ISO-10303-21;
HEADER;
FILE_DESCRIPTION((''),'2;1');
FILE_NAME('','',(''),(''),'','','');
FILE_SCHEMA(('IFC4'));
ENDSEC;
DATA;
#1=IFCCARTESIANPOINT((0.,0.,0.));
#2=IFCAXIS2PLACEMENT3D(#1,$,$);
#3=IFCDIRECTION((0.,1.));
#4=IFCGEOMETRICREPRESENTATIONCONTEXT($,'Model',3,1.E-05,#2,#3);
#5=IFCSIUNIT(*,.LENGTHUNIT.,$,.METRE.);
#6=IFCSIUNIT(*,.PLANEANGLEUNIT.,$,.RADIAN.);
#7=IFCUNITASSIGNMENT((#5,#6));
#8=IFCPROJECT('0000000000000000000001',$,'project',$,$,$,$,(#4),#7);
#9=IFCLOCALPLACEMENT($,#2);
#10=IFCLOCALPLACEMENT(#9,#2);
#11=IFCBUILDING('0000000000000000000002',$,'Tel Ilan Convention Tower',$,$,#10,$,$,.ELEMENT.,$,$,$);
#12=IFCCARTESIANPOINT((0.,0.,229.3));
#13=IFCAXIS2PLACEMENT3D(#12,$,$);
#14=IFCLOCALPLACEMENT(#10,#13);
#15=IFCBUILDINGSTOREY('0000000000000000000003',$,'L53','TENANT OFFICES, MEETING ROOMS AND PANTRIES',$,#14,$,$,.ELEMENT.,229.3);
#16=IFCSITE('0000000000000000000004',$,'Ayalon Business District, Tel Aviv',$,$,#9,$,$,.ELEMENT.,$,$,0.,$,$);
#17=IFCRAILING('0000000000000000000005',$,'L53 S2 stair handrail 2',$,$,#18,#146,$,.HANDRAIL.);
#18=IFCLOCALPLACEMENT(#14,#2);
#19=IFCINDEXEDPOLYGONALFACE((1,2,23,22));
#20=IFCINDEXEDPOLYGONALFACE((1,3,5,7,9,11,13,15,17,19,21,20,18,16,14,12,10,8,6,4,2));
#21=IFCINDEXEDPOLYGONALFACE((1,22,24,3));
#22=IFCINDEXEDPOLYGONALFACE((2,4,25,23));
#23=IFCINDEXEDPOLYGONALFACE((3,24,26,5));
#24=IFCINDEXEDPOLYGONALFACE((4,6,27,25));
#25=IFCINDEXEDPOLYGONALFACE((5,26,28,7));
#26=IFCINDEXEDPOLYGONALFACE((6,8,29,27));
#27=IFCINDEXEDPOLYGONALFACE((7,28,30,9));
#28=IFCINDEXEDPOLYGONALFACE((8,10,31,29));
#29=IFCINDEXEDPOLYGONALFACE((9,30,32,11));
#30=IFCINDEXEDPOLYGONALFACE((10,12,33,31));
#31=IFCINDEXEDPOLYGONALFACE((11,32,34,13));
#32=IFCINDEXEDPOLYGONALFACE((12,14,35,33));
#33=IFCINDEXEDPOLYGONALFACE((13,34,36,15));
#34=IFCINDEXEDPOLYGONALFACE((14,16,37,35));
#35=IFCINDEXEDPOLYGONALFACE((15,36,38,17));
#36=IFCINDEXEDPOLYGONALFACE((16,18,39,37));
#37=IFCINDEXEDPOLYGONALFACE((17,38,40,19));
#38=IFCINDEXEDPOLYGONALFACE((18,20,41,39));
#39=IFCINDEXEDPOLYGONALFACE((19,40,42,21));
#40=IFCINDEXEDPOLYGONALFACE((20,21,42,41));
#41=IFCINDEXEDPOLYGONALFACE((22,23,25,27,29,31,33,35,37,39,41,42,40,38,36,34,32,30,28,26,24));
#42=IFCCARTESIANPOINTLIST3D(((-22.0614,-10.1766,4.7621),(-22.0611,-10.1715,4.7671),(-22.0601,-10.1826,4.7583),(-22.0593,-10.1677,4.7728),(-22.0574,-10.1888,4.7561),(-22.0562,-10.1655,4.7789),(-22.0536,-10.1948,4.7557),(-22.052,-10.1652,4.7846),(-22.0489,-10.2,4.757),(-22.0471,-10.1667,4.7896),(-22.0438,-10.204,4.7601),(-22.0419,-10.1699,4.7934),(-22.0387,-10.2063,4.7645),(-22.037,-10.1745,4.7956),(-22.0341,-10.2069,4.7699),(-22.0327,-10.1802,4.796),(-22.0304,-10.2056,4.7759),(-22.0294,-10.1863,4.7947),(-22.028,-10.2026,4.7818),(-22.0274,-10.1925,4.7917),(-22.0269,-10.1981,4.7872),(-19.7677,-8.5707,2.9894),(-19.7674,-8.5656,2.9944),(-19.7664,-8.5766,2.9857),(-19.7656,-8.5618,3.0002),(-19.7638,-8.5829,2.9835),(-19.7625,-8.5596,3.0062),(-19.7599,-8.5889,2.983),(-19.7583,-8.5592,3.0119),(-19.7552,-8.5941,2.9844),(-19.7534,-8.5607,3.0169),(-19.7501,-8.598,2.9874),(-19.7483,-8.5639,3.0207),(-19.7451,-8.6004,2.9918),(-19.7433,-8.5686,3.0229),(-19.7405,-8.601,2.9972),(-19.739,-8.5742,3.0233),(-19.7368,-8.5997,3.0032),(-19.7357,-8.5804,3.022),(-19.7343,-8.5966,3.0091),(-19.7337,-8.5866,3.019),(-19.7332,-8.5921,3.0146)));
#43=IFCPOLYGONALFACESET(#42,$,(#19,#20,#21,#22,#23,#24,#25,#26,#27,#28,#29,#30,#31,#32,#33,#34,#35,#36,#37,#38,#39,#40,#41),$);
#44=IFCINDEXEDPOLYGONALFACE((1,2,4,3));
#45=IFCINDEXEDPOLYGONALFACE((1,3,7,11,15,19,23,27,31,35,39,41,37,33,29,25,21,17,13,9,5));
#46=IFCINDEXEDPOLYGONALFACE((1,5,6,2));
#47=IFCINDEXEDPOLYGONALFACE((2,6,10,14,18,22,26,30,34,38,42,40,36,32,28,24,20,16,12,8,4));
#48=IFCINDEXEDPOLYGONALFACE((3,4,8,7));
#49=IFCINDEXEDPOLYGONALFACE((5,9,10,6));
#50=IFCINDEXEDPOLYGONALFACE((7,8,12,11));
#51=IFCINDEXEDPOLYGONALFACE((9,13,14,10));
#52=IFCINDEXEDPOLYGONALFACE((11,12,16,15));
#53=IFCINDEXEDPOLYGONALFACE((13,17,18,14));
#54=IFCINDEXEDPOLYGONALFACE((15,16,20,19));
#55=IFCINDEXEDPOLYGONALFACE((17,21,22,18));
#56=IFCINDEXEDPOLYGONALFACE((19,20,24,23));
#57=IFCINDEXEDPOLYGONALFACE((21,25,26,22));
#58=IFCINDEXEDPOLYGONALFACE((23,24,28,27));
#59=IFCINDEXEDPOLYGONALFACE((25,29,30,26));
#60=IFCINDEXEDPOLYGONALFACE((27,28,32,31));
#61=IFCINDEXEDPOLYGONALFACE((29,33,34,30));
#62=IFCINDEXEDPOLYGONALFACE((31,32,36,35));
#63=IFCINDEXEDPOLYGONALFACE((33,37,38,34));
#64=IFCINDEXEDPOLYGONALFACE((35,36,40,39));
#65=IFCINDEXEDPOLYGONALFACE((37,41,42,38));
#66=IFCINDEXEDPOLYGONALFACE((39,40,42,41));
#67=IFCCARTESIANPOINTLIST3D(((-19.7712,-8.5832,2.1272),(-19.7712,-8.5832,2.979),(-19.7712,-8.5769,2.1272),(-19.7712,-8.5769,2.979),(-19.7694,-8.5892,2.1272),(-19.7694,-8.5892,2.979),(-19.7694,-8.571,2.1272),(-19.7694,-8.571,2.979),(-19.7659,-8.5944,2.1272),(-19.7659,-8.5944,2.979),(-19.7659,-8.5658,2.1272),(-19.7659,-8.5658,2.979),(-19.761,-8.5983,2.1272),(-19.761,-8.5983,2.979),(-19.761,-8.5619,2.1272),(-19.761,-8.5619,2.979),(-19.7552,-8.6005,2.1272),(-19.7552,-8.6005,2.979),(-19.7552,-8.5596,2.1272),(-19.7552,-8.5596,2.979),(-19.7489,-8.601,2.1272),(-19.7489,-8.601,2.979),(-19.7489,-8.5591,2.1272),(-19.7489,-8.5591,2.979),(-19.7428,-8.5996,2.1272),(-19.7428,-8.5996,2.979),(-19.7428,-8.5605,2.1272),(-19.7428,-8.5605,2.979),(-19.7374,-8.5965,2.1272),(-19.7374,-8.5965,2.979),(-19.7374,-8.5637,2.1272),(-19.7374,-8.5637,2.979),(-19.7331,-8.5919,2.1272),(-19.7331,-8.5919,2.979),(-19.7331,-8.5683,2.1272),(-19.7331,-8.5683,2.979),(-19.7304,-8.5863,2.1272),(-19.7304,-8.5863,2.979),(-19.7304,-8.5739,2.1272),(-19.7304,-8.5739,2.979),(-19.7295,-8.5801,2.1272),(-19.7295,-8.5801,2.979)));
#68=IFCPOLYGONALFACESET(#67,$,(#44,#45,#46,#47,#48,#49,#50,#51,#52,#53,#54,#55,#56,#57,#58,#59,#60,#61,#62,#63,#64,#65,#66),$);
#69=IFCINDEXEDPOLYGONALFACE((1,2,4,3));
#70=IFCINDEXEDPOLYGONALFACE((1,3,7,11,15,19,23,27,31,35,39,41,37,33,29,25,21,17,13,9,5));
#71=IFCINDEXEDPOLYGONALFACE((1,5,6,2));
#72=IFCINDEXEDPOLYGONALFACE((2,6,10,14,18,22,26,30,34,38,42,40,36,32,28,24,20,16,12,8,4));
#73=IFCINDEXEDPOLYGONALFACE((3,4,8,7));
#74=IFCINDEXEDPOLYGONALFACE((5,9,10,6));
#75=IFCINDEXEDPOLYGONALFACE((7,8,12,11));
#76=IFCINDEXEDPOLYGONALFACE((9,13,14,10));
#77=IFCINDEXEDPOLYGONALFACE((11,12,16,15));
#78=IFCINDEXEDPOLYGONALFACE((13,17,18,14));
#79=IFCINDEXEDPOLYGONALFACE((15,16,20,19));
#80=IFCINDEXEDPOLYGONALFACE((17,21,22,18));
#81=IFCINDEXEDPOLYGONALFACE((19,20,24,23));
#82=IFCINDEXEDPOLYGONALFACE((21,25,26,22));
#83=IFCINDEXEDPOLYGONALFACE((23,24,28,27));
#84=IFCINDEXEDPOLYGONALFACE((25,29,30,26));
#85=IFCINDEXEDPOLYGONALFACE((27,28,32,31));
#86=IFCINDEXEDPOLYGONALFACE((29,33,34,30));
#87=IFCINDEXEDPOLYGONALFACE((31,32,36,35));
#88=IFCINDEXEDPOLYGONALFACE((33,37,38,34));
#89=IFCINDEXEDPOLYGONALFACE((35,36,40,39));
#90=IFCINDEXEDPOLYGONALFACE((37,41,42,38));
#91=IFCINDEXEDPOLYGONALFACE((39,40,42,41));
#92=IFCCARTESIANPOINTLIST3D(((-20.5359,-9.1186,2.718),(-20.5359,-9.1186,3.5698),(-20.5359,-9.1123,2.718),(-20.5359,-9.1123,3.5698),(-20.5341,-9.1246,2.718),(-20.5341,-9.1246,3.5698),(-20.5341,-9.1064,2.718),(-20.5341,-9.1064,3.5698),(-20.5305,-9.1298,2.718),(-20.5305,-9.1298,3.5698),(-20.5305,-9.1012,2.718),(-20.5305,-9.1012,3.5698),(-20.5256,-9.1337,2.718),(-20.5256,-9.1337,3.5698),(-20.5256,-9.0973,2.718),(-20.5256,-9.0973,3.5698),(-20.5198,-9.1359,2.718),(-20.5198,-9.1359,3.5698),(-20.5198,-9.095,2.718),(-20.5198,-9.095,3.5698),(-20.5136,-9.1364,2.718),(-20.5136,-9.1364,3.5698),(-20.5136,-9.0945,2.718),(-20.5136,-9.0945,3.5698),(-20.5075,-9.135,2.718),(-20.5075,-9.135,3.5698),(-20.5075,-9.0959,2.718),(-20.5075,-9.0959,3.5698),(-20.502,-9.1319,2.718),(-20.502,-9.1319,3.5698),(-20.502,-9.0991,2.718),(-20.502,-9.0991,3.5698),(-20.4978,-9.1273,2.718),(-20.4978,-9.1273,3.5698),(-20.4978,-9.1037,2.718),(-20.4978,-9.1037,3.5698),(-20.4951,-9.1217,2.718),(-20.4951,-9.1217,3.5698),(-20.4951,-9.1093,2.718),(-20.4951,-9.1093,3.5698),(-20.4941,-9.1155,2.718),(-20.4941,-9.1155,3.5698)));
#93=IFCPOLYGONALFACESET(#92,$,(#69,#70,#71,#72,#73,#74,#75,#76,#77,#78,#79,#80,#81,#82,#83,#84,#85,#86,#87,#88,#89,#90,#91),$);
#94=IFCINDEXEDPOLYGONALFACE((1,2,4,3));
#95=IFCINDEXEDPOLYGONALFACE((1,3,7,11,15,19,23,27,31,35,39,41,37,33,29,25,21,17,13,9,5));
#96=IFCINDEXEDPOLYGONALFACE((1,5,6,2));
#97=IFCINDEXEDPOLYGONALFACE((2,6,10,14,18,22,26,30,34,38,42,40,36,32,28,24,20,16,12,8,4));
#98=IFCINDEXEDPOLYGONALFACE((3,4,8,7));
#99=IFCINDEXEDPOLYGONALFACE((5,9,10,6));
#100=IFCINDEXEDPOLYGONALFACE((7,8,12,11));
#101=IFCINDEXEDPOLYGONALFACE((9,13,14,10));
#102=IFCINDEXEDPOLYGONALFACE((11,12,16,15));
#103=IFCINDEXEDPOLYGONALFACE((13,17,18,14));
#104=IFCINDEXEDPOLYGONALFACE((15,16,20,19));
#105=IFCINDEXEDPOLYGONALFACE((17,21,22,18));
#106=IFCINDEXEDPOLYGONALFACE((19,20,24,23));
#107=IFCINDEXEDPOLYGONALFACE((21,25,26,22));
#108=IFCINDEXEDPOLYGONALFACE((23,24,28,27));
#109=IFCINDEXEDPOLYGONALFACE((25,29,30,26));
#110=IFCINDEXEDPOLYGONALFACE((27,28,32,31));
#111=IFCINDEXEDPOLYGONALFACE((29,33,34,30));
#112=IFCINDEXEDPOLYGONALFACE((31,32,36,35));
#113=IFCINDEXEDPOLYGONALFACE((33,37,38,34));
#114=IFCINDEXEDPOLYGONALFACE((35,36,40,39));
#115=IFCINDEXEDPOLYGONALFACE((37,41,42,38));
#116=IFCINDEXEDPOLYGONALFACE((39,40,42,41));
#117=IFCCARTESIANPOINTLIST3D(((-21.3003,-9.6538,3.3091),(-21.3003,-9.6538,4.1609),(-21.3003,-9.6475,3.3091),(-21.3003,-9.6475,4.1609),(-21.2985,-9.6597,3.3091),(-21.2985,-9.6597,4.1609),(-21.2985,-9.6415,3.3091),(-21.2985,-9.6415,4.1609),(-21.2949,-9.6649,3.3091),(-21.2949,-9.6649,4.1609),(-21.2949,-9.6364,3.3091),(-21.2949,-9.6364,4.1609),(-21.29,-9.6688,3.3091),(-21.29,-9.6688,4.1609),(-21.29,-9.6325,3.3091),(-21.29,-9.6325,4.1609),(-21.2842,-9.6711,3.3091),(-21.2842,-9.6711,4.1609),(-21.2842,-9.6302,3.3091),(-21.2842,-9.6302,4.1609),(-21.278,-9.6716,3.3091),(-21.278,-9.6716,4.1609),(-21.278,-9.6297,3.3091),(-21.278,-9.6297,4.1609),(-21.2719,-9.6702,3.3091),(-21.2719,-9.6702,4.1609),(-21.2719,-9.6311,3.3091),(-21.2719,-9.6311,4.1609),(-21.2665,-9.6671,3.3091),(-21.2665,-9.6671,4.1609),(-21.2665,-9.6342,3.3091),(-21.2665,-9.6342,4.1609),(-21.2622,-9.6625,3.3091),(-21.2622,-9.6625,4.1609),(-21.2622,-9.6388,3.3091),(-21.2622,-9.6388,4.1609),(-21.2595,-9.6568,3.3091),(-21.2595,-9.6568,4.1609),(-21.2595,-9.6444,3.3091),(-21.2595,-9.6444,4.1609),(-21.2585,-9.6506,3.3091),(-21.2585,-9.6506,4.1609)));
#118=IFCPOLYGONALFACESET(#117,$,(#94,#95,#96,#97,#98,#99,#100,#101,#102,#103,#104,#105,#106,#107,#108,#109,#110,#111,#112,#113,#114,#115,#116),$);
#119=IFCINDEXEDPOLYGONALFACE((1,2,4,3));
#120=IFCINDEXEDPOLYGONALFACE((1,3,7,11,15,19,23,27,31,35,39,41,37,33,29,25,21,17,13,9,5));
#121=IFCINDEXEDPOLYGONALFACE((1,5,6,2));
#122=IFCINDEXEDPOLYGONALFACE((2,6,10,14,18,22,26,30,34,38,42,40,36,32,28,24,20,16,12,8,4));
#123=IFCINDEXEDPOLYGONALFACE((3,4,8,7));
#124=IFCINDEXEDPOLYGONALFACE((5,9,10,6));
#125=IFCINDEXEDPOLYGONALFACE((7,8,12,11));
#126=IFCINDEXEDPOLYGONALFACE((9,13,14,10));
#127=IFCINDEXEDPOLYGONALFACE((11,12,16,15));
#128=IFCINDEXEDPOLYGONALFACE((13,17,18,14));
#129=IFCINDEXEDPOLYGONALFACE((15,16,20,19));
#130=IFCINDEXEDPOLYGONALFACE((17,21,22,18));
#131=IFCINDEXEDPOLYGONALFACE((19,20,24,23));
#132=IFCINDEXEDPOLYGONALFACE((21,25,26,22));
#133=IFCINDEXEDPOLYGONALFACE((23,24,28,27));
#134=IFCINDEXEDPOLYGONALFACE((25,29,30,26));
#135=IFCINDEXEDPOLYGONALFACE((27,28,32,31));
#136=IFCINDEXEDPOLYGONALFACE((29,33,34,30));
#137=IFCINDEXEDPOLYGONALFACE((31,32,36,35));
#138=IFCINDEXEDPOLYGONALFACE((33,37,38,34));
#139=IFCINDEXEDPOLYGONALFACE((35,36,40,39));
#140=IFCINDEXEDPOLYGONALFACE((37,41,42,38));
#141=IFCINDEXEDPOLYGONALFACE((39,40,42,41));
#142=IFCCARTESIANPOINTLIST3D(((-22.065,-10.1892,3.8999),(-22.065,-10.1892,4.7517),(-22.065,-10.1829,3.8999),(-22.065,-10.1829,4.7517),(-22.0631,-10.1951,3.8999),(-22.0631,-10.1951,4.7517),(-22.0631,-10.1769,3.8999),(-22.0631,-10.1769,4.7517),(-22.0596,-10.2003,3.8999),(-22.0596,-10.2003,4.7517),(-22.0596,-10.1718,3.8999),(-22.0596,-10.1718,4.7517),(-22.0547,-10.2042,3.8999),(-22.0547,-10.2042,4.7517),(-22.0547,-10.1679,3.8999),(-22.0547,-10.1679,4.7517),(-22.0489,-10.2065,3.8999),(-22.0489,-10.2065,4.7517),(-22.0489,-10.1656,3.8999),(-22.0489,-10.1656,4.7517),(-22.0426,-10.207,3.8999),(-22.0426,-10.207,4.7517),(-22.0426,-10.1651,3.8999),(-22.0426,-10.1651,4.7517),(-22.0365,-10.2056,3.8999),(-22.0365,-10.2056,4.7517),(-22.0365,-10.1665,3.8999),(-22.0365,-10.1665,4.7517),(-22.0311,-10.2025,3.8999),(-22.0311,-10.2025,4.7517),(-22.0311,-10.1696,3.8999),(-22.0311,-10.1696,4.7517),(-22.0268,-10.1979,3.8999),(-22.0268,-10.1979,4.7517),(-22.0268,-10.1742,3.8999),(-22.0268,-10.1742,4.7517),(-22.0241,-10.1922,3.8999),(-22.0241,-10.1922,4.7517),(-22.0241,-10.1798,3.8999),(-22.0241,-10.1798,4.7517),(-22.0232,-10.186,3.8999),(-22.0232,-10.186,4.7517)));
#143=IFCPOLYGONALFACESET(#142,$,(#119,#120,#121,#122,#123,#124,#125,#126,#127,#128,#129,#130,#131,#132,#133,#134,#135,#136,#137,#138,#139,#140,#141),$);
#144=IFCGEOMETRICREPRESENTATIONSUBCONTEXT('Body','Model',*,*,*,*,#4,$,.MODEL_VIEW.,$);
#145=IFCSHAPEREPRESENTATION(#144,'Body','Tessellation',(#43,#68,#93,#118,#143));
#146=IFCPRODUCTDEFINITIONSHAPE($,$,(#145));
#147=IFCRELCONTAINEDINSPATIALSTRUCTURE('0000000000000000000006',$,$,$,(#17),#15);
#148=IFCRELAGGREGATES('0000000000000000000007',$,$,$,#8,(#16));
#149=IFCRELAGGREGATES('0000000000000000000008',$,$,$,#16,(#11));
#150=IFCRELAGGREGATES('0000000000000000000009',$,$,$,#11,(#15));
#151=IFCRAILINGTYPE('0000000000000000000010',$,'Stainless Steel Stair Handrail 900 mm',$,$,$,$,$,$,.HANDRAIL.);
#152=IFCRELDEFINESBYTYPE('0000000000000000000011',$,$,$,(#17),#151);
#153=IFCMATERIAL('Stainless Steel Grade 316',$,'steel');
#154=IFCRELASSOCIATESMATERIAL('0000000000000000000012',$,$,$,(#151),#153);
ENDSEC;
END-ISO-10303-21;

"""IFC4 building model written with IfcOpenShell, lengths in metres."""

from ifc_helpers import new_model, si_unit, direction, frame, origin, origin_2d, place, context, subcontext, project, spatial, circle, extrude, material, type_object, element, save


model = new_model("IFC4")

# Units and contexts
model_context = context("Model", 3, precision=1e-05, world=origin(), true_north=direction((0.0, 1.0)))
body_context = subcontext(model_context, "Body", "Model", "MODEL_VIEW")
ifc_project = project(units=[si_unit("LENGTHUNIT", "METRE"), si_unit("PLANEANGLEUNIT", "RADIAN")], contexts=[model_context])

# Site, building, storey
site_placement = place(None, origin())
site = spatial("IfcSite", under=ifc_project, at=site_placement, Name="Ayalon Business District, Tel Aviv", CompositionType="ELEMENT", RefElevation=0.0)
building_placement = place(site_placement, origin())
building = spatial("IfcBuilding", under=site, at=building_placement, Name="Tel Ilan Convention Tower", CompositionType="ELEMENT")
storey_placement = place(building_placement, frame((0.0, 0.0, 229.3)))
storey = spatial("IfcBuildingStorey", under=building, at=storey_placement, Name="L53", Description="TENANT OFFICES, MEETING ROOMS AND PANTRIES", CompositionType="ELEMENT", Elevation=229.3)

# Railing
ifc_material_1 = material(Name="Stainless Steel Grade 316", Category="steel")
railing_type_1 = type_object("IfcRailingType", Name="Stainless Steel Stair Handrail 900 mm", PredefinedType="HANDRAIL", material=ifc_material_1)
for number, where, name in (
    (1, (-19.7505, -8.5801, 2.1272), "L53 S2 stair handrail 2"),
):
    element("IfcRailing", number, at=place(storey_placement, frame(where)), inside=storey, type_object=railing_type_1, Name=name, PredefinedType="HANDRAIL", context=body_context, shape_type="SweptSolid", body=[
        extrude(circle(Radius=0.0239, at=origin_2d()), frame((0.0, 0.0, 0.876), z_axis=(-0.692123, -0.484597, 0.534913), x_axis=(0.57355, -0.81917, 0.0)), (0.0, 0.0, 1.0), 3.314),
        extrude(circle(Radius=0.021, at=origin_2d()), origin(), (0.0, 0.0, 1.0), 0.8518),
        extrude(circle(Radius=0.021, at=origin_2d()), frame((-0.7646, -0.5354, 0.5908)), (0.0, 0.0, 1.0), 0.8518),
        extrude(circle(Radius=0.021, at=origin_2d()), frame((-1.5291, -1.0706, 1.1819)), (0.0, 0.0, 1.0), 0.8518),
        extrude(circle(Radius=0.021, at=origin_2d()), frame((-2.2937, -1.606, 1.7727)), (0.0, 0.0, 1.0), 0.8518),
    ])

save(model, "model.ifc")
